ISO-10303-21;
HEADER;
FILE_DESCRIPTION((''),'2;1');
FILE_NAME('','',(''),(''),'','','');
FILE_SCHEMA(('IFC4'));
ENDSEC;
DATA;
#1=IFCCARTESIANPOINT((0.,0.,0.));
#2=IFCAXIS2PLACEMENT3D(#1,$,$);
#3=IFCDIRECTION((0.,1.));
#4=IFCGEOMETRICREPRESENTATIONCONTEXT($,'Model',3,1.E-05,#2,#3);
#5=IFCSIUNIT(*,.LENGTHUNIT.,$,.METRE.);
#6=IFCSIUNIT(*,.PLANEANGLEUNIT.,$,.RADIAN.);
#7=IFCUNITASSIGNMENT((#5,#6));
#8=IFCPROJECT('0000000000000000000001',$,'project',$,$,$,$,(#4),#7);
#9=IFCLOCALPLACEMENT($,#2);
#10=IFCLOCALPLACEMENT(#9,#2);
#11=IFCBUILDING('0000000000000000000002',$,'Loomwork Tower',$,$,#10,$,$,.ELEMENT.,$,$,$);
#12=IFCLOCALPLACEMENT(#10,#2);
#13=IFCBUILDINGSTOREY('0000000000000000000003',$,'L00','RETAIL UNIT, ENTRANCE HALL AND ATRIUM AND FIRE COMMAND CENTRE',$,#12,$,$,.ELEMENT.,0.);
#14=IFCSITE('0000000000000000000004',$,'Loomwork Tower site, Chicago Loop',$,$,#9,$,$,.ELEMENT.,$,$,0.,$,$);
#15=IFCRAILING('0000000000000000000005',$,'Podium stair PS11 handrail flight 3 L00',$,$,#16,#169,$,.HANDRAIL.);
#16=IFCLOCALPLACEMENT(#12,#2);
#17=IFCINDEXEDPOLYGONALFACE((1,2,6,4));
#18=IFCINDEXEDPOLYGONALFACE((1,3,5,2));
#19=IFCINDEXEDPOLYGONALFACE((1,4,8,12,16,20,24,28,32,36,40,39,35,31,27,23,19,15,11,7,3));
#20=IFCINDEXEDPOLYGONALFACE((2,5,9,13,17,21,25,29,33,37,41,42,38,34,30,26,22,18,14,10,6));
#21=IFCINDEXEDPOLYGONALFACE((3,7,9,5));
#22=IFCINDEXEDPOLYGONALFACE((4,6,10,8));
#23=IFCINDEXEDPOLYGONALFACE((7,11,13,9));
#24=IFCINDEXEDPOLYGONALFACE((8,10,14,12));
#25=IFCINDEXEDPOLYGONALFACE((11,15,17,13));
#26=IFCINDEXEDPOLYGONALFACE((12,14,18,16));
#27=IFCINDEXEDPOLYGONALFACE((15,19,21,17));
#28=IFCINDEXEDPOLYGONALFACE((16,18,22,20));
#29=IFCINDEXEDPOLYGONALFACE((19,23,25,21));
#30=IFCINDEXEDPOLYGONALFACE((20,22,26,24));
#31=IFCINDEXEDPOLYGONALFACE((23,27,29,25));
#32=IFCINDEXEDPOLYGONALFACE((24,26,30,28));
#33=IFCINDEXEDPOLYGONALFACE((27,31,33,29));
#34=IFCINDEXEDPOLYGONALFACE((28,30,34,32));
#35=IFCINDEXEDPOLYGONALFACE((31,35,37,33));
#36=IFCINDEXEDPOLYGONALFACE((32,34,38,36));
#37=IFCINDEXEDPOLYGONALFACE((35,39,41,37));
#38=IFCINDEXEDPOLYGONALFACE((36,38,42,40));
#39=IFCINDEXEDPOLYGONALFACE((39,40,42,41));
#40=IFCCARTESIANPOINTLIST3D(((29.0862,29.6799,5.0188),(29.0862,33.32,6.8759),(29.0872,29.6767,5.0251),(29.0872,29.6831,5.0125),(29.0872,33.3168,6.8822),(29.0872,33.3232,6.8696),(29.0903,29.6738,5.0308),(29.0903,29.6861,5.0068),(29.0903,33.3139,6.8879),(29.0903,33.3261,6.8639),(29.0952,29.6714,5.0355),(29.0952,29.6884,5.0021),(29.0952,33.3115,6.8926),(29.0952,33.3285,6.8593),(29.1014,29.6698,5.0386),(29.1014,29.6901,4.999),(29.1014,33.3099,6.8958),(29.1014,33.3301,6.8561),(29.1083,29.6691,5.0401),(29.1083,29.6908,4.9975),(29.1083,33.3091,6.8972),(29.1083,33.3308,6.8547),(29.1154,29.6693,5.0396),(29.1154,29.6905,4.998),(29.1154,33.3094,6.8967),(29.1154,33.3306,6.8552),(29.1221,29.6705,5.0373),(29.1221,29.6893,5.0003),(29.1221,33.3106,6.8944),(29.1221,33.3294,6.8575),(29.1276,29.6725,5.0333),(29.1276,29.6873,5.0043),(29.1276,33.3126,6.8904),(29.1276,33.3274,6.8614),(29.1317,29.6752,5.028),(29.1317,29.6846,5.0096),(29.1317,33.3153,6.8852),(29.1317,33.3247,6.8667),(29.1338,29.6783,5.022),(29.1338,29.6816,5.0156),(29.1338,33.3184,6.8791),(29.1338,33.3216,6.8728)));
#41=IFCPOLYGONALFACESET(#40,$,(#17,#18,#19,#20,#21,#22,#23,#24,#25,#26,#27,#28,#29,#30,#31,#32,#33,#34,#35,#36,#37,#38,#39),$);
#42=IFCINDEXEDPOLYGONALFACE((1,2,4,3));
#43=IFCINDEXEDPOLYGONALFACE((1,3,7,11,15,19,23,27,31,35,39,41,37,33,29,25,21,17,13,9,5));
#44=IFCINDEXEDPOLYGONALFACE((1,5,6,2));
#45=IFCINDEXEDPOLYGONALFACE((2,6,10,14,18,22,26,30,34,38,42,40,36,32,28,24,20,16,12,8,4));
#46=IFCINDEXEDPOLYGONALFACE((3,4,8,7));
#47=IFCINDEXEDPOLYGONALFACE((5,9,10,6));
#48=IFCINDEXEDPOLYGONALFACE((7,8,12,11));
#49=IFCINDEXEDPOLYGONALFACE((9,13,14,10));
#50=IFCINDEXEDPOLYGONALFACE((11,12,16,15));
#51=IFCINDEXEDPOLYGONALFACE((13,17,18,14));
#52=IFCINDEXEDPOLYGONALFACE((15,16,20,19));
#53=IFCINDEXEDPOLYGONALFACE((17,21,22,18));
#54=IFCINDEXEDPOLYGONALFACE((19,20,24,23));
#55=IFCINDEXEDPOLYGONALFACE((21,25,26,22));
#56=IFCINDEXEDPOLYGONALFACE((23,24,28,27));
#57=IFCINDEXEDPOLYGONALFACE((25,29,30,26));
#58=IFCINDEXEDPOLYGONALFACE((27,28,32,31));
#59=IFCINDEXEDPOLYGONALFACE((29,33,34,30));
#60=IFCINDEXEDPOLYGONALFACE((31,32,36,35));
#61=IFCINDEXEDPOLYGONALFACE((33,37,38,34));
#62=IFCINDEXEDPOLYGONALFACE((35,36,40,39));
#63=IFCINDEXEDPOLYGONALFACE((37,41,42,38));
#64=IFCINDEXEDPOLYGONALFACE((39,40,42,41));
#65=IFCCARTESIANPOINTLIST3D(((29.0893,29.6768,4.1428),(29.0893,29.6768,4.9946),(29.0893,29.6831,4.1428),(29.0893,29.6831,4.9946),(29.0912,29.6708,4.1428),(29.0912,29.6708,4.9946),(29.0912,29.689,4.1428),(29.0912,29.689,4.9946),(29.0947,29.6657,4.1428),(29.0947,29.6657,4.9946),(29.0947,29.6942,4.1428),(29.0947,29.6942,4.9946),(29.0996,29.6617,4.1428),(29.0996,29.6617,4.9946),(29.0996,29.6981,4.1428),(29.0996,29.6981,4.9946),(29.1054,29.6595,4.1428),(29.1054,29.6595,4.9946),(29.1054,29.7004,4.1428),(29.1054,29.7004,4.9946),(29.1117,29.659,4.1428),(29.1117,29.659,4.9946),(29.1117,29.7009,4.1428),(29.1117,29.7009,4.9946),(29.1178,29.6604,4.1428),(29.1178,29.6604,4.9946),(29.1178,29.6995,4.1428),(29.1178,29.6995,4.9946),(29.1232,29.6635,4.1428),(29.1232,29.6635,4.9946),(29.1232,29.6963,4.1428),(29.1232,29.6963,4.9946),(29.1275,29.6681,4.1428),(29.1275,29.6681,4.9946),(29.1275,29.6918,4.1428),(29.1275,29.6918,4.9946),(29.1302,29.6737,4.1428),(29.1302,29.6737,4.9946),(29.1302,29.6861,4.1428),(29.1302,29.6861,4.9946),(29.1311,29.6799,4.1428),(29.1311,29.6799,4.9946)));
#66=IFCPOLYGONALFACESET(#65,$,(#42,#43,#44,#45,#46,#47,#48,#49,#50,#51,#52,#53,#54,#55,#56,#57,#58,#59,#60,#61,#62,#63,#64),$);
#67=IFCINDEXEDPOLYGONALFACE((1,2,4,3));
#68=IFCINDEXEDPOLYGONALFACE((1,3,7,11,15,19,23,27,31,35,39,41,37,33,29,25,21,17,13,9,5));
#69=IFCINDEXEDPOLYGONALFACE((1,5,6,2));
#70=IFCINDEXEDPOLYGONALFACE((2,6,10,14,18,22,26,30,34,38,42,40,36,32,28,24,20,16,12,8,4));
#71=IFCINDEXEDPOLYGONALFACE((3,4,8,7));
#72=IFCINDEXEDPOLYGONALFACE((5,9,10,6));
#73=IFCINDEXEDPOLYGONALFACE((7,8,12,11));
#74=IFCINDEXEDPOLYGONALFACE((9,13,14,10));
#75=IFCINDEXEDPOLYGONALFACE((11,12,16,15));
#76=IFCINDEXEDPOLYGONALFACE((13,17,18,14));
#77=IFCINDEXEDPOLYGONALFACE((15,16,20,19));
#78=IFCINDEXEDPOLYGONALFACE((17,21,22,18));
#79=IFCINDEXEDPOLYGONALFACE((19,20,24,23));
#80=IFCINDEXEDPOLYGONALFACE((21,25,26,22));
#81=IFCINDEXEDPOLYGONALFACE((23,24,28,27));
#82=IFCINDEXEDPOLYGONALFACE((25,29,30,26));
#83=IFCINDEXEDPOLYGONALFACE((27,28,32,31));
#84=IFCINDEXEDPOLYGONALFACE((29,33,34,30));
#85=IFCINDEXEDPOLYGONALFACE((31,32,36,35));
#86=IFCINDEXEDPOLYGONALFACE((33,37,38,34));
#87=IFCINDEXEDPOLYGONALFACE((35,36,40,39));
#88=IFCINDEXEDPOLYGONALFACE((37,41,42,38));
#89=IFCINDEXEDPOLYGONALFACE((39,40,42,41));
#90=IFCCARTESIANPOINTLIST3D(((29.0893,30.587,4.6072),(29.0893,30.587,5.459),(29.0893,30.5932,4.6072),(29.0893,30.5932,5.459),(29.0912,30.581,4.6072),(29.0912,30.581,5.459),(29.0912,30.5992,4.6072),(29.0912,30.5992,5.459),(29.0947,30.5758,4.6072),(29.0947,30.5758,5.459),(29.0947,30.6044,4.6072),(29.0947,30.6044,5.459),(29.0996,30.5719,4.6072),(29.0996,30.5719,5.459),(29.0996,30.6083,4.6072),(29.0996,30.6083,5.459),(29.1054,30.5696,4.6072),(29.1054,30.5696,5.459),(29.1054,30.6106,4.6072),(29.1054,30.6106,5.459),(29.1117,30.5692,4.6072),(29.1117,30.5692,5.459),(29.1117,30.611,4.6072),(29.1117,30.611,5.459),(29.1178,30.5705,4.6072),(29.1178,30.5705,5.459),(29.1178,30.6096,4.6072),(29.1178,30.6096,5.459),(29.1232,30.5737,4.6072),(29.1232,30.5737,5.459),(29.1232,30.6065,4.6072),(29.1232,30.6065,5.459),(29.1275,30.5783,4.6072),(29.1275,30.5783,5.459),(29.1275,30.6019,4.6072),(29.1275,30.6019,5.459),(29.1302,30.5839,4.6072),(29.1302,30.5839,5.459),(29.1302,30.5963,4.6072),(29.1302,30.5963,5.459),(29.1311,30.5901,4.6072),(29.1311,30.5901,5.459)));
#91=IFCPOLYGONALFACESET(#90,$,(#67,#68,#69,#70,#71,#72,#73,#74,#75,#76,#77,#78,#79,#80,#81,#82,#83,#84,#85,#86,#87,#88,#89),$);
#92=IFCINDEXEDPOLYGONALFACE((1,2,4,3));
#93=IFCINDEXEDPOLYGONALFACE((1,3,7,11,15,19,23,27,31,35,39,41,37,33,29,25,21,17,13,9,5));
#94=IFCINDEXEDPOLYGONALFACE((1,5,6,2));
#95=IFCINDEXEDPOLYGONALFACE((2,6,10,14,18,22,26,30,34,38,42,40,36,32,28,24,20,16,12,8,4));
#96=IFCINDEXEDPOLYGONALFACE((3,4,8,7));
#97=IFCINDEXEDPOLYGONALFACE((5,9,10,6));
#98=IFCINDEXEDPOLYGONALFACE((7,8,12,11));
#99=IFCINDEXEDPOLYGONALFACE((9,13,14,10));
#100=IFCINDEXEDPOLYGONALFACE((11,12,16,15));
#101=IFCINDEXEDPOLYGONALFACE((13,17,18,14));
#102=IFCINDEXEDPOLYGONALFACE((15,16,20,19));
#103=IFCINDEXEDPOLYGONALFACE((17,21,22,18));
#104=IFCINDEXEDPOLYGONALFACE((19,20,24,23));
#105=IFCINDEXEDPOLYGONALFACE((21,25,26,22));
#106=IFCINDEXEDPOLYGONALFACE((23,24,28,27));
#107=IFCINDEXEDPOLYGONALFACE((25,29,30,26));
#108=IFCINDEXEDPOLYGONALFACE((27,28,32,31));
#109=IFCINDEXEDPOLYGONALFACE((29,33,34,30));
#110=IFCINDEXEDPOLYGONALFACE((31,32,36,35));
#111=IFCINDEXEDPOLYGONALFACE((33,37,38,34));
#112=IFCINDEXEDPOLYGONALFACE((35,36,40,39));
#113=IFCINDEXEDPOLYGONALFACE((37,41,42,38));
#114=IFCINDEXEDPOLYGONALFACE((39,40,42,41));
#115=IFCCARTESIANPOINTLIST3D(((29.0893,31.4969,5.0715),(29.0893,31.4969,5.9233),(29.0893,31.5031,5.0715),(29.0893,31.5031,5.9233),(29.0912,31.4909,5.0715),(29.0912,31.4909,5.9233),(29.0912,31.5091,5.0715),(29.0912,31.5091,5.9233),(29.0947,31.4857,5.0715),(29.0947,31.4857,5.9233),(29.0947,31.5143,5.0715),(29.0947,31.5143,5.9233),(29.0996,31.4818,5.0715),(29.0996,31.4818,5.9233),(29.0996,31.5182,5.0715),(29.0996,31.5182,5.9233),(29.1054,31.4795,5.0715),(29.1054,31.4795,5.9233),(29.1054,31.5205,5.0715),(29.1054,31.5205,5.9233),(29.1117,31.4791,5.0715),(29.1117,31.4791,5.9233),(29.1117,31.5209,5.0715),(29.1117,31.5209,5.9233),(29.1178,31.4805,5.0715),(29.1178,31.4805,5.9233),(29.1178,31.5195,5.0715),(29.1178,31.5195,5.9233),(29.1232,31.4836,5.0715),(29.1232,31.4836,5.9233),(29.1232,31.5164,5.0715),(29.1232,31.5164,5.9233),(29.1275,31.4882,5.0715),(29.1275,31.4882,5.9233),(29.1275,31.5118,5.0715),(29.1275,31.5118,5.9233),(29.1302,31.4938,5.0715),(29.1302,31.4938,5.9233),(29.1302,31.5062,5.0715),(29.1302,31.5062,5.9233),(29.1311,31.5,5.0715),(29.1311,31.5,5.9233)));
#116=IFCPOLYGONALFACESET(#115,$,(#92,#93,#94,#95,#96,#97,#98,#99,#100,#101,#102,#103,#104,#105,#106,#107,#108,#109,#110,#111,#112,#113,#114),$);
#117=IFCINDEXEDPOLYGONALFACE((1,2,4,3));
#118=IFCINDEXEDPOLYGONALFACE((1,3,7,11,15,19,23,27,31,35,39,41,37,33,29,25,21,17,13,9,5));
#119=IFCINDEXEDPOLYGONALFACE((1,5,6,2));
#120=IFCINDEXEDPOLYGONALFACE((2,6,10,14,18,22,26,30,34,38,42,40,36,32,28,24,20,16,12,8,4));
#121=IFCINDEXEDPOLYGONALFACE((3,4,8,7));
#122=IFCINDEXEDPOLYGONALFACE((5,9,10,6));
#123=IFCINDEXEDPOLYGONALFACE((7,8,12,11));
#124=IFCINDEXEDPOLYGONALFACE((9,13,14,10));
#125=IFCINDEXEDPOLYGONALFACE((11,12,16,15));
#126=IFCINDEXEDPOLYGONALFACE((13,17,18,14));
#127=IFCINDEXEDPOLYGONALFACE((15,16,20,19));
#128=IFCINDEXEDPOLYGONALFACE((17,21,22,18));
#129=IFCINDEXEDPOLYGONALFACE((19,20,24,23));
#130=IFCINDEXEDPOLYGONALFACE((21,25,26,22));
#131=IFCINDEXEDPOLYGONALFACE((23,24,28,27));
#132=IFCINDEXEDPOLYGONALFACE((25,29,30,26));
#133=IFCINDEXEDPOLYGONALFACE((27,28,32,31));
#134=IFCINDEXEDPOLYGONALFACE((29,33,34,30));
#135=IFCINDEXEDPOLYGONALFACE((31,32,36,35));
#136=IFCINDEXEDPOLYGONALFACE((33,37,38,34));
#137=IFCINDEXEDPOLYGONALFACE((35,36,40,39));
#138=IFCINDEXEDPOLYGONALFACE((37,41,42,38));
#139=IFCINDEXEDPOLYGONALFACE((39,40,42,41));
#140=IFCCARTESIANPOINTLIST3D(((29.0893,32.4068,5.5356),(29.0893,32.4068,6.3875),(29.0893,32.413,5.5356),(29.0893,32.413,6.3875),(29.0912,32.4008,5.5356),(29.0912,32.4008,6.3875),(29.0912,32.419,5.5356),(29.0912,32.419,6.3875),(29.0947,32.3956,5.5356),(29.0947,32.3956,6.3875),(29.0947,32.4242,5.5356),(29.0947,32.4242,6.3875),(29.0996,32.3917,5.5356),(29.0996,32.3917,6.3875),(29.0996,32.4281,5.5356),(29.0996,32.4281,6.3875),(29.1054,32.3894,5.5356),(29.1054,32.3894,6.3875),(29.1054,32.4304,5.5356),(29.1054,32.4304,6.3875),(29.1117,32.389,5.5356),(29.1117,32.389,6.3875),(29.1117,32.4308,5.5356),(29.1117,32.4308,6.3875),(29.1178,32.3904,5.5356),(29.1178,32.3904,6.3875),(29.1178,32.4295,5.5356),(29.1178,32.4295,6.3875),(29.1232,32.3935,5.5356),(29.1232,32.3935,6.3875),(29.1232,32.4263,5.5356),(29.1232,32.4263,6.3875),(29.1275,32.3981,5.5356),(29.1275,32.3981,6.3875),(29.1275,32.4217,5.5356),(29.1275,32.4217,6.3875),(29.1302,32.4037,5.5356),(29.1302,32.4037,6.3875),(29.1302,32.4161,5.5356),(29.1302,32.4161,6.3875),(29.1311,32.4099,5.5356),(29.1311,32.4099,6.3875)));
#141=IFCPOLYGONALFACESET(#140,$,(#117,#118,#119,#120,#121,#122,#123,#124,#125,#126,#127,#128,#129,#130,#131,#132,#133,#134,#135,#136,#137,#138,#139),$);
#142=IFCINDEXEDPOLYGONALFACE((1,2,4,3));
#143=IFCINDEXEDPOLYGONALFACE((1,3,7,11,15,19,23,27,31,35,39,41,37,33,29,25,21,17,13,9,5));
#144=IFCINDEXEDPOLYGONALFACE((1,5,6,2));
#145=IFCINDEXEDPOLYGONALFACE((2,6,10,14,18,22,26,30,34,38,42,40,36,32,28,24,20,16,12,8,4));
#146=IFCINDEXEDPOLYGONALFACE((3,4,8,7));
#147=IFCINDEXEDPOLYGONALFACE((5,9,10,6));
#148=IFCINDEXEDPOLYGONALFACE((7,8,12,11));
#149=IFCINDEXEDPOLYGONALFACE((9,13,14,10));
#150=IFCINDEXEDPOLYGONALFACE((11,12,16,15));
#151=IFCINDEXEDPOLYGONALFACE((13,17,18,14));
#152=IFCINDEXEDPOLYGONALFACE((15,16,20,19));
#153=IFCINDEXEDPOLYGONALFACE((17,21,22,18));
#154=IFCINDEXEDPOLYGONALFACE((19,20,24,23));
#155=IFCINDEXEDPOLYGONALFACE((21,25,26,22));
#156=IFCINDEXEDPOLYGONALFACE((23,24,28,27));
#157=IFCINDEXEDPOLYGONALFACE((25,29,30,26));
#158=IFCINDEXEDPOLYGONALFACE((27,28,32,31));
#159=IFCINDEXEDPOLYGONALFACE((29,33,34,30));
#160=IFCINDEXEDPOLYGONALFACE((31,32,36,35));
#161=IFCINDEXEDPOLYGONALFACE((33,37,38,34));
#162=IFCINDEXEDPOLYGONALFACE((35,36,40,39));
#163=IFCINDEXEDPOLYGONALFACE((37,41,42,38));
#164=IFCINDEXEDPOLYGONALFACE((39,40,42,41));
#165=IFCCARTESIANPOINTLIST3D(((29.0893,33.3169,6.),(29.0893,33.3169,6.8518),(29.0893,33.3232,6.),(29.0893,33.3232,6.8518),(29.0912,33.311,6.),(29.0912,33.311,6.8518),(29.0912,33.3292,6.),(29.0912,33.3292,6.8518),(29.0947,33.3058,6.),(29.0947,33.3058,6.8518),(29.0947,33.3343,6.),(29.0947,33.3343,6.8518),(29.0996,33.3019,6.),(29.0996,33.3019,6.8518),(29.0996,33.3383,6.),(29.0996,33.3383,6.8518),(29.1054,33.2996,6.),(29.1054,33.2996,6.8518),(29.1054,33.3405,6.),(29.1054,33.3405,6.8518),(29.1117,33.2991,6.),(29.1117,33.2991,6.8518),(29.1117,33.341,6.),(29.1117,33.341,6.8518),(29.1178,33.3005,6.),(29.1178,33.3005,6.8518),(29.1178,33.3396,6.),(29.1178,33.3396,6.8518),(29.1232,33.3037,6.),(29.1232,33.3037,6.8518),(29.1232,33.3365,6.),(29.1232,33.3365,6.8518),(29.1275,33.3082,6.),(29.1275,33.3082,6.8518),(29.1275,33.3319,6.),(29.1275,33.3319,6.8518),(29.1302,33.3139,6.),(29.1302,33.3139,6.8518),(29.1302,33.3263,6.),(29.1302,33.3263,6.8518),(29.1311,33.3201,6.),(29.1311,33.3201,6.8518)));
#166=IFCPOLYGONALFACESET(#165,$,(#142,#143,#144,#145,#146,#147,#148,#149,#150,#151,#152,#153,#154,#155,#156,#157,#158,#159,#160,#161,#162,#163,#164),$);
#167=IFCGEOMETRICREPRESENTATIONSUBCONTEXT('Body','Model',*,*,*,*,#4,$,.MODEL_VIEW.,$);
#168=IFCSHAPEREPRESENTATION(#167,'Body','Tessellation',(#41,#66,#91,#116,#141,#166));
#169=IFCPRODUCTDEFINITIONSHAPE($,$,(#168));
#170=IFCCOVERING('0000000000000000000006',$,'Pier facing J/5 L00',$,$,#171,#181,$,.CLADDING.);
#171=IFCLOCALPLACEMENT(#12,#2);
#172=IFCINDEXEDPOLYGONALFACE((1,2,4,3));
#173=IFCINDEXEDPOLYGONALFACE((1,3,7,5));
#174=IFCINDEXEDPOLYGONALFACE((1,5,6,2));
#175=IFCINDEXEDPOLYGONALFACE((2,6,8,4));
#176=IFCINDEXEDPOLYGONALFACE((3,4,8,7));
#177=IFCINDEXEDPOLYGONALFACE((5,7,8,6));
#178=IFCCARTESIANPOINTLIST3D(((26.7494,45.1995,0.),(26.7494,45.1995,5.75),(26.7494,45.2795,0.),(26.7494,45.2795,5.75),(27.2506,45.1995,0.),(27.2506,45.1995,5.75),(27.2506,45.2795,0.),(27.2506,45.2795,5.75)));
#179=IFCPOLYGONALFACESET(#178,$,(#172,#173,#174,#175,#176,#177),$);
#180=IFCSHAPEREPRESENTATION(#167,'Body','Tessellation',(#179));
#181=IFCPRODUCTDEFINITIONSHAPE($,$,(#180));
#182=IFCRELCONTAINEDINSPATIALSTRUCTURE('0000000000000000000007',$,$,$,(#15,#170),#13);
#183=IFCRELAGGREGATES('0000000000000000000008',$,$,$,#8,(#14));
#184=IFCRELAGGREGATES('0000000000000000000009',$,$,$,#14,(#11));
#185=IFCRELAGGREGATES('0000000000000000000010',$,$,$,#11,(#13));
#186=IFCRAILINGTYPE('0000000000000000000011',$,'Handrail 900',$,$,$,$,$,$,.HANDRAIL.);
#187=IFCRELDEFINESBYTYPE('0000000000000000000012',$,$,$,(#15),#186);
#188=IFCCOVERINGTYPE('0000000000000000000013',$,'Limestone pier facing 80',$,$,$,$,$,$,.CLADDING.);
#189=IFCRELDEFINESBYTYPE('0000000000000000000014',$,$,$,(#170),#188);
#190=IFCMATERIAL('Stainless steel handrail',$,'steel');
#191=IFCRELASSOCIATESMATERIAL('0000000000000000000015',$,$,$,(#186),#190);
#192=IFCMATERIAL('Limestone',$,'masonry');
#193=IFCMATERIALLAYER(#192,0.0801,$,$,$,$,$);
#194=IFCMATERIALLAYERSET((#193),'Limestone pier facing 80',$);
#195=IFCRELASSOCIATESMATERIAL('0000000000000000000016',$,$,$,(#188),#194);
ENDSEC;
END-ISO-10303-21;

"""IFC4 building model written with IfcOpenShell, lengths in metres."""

from ifc_helpers import new_model, si_unit, direction, frame, origin, origin_2d, place, context, subcontext, project, spatial, rectangle, circle, extrude, material, layer, layer_set, type_object, element, save


model = new_model("IFC4")

# Units and contexts
model_context = context("Model", 3, precision=1e-05, world=origin(), true_north=direction((0.0, 1.0)))
body_context = subcontext(model_context, "Body", "Model", "MODEL_VIEW")
ifc_project = project(units=[si_unit("LENGTHUNIT", "METRE"), si_unit("PLANEANGLEUNIT", "RADIAN")], contexts=[model_context])

# Site, building, storey
site_placement = place(None, origin())
site = spatial("IfcSite", under=ifc_project, at=site_placement, Name="Loomwork Tower site, Chicago Loop", CompositionType="ELEMENT", RefElevation=0.0)
building_placement = place(site_placement, origin())
building = spatial("IfcBuilding", under=site, at=building_placement, Name="Loomwork Tower", CompositionType="ELEMENT")
storey_placement = place(building_placement, origin())
storey = spatial("IfcBuildingStorey", under=building, at=storey_placement, Name="L00", Description="RETAIL UNIT, ENTRANCE HALL AND ATRIUM AND FIRE COMMAND CENTRE", CompositionType="ELEMENT", Elevation=0.0)

# Railing
ifc_material_1 = material(Name="Stainless steel handrail", Category="steel")
railing_type = type_object("IfcRailingType", Name="Handrail 900", PredefinedType="HANDRAIL", material=ifc_material_1)
railing_1_placement = place(storey_placement, frame((29.1101, 29.6799, 4.1428)))
element("IfcRailing", 1, at=railing_1_placement, inside=storey, type_object=railing_type, Name="Podium stair PS11 handrail flight 3 L00", PredefinedType="HANDRAIL", context=body_context, shape_type="SweptSolid", body=[
    extrude(circle(Radius=0.0239, at=origin_2d()), frame((0.0, 0.0, 0.876), z_axis=(0.0, 0.890765, 0.454464), x_axis=(-1.0, 0.0, 0.0)), (0.0, 0.0, 1.0), 4.0864),
    extrude(circle(Radius=0.021, at=origin_2d()), origin(), (0.0, 0.0, 1.0), 0.8518),
    extrude(circle(Radius=0.021, at=origin_2d()), frame((0.0, 0.9102, 0.4644)), (0.0, 0.0, 1.0), 0.8518),
    extrude(circle(Radius=0.021, at=origin_2d()), frame((0.0, 1.8201, 0.9287)), (0.0, 0.0, 1.0), 0.8518),
    extrude(circle(Radius=0.021, at=origin_2d()), frame((0.0, 2.73, 1.3928)), (0.0, 0.0, 1.0), 0.8518),
    extrude(circle(Radius=0.021, at=origin_2d()), frame((0.0, 3.6401, 1.8572)), (0.0, 0.0, 1.0), 0.8518),
])

# Covering
ifc_material_2 = material(Name="Limestone", Category="masonry")
ifc_layer_1 = layer(ifc_material_2, 0.0801)
ifc_layer_set_1 = layer_set([ifc_layer_1], Name="Limestone pier facing 80")
covering_type_1 = type_object("IfcCoveringType", Name="Limestone pier facing 80", PredefinedType="CLADDING", material=ifc_layer_set_1)
covering_1_placement = place(storey_placement, frame((27.0, 45.2395, 0.0), z_axis=(0.0, 0.0, 1.0), x_axis=(1.0, 0.0, 0.0)))
element("IfcCovering", 2, at=covering_1_placement, inside=storey, type_object=covering_type_1, Name="Pier facing J/5 L00", PredefinedType="CLADDING", context=body_context, shape_type="SweptSolid", body=[
    extrude(rectangle(XDim=0.5012, YDim=0.0801, at=origin_2d()), origin(), (0.0, 0.0, 1.0), 5.75),
])

save(model, "model.ifc")
